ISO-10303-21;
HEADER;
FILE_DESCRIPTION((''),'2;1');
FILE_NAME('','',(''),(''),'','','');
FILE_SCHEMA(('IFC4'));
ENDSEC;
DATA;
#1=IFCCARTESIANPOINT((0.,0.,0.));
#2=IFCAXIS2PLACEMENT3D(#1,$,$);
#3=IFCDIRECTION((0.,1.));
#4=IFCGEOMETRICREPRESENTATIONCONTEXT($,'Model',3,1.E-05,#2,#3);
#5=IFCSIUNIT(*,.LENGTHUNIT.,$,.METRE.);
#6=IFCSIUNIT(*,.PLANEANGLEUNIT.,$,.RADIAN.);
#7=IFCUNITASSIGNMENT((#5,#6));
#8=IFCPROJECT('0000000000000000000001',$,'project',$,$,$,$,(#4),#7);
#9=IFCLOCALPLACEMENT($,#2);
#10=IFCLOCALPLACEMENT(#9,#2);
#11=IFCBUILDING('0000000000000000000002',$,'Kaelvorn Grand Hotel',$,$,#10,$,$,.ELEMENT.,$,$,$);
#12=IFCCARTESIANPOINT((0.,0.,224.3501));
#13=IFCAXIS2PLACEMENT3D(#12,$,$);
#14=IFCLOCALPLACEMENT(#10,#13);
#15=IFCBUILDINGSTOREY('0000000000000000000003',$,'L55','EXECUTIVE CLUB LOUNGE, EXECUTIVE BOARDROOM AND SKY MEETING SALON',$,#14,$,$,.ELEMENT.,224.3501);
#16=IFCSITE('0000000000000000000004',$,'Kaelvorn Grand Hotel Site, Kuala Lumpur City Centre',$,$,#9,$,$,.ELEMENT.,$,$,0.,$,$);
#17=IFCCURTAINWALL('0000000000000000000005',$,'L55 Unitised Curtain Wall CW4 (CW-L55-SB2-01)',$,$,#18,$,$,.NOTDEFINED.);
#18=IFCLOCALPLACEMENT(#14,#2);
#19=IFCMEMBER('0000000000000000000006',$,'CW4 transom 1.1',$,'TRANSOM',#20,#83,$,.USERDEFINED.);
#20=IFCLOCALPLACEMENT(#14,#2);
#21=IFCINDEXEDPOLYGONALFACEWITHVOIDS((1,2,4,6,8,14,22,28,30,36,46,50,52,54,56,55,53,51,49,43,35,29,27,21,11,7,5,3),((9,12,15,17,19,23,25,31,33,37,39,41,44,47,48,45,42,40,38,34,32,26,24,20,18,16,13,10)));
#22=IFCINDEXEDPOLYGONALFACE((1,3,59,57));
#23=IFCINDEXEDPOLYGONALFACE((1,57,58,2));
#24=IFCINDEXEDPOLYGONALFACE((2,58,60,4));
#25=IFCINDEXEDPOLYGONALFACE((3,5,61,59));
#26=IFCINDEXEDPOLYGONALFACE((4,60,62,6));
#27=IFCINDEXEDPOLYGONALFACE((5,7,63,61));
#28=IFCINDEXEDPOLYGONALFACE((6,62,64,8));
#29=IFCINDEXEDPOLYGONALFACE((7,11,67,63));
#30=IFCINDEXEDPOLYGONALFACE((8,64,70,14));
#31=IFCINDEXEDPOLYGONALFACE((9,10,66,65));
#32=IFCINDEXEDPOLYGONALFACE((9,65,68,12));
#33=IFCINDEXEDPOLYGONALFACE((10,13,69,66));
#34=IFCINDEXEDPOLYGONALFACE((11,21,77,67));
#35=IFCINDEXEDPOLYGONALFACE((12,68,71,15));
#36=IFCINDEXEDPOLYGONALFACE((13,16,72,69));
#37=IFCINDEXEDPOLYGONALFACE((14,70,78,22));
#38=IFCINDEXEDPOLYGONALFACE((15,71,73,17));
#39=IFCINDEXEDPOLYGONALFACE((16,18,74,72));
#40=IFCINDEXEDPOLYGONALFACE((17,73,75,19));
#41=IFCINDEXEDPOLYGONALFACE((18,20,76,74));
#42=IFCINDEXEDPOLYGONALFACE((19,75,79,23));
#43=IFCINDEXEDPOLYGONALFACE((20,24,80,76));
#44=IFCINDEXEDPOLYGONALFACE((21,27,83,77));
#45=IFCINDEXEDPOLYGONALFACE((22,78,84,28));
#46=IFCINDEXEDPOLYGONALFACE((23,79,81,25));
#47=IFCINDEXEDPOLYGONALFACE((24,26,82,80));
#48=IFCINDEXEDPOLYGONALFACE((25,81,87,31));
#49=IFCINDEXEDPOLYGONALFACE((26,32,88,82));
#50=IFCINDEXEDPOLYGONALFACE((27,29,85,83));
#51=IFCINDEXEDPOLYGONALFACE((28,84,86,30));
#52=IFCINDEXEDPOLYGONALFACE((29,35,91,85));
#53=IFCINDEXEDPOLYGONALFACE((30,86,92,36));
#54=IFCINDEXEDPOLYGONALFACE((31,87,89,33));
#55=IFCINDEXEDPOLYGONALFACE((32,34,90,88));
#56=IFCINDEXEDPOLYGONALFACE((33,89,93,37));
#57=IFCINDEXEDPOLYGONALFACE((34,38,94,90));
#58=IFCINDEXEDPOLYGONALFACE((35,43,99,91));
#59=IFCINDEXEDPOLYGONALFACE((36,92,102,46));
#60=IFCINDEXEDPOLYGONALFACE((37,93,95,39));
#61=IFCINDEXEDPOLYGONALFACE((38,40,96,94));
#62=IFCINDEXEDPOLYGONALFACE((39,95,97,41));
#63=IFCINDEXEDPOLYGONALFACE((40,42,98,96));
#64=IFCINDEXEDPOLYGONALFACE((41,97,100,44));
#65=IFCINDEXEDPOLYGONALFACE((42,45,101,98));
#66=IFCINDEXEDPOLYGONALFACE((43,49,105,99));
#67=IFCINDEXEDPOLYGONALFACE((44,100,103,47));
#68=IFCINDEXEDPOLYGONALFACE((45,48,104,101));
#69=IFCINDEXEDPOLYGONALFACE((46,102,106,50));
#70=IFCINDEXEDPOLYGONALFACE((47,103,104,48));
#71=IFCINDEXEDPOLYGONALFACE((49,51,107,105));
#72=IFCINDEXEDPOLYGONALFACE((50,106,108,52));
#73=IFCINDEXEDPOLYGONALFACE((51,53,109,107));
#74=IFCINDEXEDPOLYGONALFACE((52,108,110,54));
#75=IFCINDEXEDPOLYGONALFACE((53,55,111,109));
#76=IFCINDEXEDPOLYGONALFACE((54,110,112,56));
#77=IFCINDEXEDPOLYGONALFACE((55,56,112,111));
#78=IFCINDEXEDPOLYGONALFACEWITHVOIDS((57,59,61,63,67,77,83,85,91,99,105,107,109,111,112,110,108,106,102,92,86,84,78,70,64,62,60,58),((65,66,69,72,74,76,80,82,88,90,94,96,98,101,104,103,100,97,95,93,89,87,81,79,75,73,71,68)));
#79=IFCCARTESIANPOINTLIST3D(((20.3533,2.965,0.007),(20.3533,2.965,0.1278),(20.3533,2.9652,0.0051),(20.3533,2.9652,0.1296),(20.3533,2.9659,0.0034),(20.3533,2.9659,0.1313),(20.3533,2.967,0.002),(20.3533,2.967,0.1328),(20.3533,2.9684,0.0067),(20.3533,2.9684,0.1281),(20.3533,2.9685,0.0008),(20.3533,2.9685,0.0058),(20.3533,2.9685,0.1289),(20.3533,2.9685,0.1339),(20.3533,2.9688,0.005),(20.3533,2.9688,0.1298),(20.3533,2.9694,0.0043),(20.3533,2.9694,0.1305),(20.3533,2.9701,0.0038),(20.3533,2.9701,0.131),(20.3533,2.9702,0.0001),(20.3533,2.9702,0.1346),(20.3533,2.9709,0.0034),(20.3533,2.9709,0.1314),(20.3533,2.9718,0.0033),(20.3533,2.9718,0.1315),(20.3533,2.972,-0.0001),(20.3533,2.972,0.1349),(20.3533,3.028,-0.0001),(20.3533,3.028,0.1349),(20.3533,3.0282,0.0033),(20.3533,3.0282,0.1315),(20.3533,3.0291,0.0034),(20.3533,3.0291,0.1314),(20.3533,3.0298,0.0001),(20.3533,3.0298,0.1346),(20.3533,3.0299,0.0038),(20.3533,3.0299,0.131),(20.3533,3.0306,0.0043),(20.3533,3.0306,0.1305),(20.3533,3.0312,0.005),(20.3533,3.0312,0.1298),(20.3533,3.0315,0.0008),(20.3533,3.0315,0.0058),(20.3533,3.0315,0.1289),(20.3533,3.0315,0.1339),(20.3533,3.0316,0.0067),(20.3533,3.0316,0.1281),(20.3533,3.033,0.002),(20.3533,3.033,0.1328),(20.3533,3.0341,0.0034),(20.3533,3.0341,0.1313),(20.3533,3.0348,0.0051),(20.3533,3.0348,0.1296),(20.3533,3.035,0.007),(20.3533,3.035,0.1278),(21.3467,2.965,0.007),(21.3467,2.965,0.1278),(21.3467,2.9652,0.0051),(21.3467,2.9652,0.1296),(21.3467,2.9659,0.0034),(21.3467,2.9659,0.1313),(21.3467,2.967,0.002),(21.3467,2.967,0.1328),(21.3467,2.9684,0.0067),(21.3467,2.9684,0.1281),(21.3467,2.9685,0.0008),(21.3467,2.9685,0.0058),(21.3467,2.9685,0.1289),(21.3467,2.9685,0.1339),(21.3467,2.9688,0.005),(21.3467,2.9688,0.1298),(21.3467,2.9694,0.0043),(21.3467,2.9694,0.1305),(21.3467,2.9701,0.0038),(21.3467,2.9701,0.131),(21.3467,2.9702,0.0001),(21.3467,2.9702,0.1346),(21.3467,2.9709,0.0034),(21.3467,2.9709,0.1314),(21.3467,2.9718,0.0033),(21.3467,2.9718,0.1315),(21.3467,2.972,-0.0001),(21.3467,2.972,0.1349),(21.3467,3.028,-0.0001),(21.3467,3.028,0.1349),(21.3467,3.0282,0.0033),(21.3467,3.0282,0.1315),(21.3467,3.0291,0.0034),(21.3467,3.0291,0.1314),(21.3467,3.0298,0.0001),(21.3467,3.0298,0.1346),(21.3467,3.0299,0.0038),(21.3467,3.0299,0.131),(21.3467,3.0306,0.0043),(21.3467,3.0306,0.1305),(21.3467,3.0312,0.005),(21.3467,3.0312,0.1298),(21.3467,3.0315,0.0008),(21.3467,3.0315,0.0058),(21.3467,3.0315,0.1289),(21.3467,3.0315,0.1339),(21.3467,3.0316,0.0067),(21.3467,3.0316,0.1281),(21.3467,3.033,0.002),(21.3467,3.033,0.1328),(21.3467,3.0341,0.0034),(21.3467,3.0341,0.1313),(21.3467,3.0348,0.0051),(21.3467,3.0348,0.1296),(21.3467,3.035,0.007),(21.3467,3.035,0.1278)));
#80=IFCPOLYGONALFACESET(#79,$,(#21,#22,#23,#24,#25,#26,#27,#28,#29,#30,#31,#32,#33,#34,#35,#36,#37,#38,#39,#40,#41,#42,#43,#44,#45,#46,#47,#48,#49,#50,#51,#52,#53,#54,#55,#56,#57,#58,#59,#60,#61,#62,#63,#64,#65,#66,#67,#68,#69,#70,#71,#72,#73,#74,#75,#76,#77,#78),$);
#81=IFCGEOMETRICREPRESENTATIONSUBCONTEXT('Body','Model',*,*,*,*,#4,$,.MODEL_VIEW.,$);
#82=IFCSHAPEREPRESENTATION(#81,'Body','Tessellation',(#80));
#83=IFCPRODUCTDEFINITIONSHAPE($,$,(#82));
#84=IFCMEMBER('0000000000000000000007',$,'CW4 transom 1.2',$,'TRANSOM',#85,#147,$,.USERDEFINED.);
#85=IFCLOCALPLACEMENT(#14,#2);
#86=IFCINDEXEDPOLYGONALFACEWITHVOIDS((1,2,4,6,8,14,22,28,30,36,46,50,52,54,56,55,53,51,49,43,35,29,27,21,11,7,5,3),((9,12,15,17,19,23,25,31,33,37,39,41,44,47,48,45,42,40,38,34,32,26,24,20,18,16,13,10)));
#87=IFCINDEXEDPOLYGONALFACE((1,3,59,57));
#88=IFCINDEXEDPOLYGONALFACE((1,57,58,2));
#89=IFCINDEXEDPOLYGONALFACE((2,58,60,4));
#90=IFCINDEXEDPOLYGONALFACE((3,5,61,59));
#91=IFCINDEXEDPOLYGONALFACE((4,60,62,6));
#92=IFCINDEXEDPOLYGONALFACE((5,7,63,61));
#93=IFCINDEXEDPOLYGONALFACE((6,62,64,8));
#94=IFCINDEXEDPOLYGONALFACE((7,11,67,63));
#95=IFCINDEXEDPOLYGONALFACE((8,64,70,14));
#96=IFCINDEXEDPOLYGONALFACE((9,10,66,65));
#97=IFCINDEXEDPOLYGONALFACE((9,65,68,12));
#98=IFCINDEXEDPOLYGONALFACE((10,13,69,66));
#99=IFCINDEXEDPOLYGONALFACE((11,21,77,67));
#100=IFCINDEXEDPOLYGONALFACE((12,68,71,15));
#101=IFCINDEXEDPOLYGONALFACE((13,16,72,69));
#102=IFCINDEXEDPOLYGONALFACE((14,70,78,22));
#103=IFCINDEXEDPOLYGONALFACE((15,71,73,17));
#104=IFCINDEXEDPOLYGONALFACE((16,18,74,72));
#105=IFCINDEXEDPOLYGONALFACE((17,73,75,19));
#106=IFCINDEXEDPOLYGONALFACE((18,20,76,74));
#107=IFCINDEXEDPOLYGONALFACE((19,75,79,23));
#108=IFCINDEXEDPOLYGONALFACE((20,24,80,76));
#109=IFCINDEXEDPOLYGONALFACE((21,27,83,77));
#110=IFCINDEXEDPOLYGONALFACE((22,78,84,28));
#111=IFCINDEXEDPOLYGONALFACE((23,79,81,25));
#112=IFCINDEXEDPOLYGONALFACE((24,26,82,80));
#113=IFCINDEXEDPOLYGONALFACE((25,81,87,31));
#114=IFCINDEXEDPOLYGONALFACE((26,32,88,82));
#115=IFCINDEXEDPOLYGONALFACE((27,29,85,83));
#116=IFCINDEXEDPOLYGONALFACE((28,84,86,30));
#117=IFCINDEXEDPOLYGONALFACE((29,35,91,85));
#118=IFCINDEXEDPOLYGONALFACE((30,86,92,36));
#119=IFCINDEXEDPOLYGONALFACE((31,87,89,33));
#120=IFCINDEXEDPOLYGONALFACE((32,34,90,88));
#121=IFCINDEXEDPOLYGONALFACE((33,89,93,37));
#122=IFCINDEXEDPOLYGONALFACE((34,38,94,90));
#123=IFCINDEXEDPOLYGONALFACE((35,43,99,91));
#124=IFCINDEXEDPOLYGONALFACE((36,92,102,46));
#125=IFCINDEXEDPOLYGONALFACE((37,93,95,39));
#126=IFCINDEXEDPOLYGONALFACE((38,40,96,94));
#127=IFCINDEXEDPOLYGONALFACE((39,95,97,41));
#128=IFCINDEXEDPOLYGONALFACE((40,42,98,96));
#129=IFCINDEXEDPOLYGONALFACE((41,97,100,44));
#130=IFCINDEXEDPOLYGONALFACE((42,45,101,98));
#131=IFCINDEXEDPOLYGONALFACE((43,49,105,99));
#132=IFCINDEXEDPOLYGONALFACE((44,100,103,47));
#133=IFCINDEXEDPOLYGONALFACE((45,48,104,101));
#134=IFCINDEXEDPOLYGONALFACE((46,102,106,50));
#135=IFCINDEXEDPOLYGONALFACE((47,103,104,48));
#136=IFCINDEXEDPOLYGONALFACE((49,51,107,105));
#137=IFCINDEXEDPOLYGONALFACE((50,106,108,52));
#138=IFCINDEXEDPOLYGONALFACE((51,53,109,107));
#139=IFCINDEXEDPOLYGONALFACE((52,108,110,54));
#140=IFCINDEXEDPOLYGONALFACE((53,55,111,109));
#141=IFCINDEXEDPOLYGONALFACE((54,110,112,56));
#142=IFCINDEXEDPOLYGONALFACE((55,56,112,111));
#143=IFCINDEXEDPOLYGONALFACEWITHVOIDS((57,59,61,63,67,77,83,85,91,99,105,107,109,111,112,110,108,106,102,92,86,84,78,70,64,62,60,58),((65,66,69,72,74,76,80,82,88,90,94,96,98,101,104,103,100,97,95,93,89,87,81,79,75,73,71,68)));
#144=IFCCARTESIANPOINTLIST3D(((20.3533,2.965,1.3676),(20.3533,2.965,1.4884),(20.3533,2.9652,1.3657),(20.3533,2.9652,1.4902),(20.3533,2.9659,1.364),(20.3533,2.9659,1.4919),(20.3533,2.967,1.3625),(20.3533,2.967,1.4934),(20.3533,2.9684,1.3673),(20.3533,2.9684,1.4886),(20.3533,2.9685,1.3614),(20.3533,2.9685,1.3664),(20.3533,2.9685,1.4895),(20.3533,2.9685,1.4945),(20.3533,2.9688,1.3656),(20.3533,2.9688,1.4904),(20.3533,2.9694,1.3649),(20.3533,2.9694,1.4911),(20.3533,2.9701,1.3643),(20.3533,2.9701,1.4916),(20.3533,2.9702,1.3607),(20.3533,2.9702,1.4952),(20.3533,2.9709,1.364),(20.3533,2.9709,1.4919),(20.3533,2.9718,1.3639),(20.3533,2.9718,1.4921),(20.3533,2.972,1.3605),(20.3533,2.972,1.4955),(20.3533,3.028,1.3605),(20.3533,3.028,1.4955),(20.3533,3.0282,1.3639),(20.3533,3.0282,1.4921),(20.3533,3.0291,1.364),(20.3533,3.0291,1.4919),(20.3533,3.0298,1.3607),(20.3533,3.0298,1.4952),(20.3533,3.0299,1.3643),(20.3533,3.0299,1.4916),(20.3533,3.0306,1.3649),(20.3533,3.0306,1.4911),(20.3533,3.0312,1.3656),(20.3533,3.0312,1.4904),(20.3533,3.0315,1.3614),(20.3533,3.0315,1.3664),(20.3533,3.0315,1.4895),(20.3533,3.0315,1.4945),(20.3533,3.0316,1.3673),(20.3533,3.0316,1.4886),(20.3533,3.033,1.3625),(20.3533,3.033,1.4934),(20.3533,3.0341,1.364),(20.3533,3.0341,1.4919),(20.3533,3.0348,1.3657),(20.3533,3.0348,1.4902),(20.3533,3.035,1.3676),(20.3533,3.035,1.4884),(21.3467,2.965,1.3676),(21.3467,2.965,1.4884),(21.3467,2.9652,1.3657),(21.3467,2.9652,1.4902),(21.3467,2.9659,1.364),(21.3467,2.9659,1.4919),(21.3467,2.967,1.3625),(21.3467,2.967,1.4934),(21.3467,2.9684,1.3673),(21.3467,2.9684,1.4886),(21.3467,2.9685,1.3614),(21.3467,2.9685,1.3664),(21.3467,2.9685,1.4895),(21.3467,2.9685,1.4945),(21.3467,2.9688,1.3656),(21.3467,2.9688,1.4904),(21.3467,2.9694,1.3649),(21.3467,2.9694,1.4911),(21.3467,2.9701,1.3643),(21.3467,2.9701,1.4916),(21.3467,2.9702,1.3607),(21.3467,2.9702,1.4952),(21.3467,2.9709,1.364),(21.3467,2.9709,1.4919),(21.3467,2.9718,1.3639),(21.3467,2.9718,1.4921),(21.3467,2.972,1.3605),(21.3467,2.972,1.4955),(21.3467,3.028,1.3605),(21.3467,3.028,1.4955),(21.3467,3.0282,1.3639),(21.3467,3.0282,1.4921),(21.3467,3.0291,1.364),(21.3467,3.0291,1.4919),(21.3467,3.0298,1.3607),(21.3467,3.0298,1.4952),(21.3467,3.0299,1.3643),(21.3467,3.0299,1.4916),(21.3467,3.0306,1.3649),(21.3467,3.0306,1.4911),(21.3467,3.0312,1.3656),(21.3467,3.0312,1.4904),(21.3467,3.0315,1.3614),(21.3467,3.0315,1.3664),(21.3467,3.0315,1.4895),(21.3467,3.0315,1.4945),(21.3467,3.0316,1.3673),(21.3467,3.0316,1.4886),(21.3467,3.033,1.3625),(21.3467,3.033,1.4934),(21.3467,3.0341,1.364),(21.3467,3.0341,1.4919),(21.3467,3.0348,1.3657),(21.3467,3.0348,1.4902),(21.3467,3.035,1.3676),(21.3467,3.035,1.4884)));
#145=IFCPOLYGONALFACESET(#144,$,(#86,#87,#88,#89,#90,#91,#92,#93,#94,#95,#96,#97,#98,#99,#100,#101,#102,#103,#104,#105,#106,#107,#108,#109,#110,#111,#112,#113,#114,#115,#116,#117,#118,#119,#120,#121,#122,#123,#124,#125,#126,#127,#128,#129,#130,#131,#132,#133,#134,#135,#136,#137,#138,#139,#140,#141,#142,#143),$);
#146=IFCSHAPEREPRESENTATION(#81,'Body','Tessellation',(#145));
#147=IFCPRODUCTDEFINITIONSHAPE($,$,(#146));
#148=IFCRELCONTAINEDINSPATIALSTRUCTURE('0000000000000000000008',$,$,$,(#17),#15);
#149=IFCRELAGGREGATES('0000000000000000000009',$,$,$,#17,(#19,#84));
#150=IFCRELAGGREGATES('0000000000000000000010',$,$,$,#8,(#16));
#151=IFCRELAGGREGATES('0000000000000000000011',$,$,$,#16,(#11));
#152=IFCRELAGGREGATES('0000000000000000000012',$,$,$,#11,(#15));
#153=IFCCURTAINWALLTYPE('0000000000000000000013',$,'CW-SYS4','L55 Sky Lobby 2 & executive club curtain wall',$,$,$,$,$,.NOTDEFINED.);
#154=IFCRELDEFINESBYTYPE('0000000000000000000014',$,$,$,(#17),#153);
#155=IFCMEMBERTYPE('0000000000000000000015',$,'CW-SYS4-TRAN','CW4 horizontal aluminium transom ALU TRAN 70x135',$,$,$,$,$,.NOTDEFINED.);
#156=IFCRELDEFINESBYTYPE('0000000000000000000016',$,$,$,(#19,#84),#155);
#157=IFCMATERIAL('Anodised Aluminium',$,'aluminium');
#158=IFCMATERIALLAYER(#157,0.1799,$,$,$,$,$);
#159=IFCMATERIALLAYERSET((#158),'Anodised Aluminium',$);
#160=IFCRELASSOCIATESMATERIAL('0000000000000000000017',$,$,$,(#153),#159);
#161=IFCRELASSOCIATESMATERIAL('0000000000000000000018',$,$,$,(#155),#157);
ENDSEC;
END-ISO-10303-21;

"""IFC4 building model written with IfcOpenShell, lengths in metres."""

from ifc_helpers import new_model, si_unit, direction, frame, origin, origin_2d, place, context, subcontext, project, spatial, hollow_rectangle, extrude, material, layer, layer_set, material_profile, profile_set, type_object, element, aggregate, save


model = new_model("IFC4")

# Units and contexts
model_context = context("Model", 3, precision=1e-05, world=origin(), true_north=direction((0.0, 1.0)))
body_context = subcontext(model_context, "Body", "Model", "MODEL_VIEW")
ifc_project = project(units=[si_unit("LENGTHUNIT", "METRE"), si_unit("PLANEANGLEUNIT", "RADIAN")], contexts=[model_context])

# Site, building, storey
site_placement = place(None, origin())
site = spatial("IfcSite", under=ifc_project, at=site_placement, Name="Kaelvorn Grand Hotel Site, Kuala Lumpur City Centre", CompositionType="ELEMENT", RefElevation=0.0)
building_placement = place(site_placement, origin())
building = spatial("IfcBuilding", under=site, at=building_placement, Name="Kaelvorn Grand Hotel", CompositionType="ELEMENT")
storey_placement = place(building_placement, frame((0.0, 0.0, 224.3501)))
storey = spatial("IfcBuildingStorey", under=building, at=storey_placement, Name="L55", Description="EXECUTIVE CLUB LOUNGE, EXECUTIVE BOARDROOM AND SKY MEETING SALON", CompositionType="ELEMENT", Elevation=224.3501)

# Curtain wall
ifc_material_1 = material(Name="Anodised Aluminium", Category="aluminium")
ifc_layer_1 = layer(ifc_material_1, 0.1799)
ifc_layer_set_1 = layer_set([ifc_layer_1], Name="Anodised Aluminium")
curtain_wall_type = type_object("IfcCurtainWallType", Name="CW-SYS4", Description="L55 Sky Lobby 2 & executive club curtain wall", PredefinedType="NOTDEFINED", material=ifc_layer_set_1)
curtain_wall_1_placement = place(storey_placement, origin())
curtain_wall_1 = element("IfcCurtainWall", 1, at=curtain_wall_1_placement, inside=storey, type_object=curtain_wall_type, Name="L55 Unitised Curtain Wall CW4 (CW-L55-SB2-01)", PredefinedType="NOTDEFINED")

# Members
ifc_material_profile_1 = material_profile(ifc_material_1, hollow_rectangle(XDim=0.0701, YDim=0.135, WallThickness=0.0034, InnerFilletRadius=0.0034, OuterFilletRadius=0.0071, at=origin_2d()), Name="ALU TRAN 70x135")
ifc_profile_set_1 = profile_set([ifc_material_profile_1], Name="Anodised Aluminium")
member_type_1 = type_object("IfcMemberType", Name="CW-SYS4-TRAN", Description="CW4 horizontal aluminium transom ALU TRAN 70x135", PredefinedType="NOTDEFINED", material=ifc_profile_set_1)
member_1_placement = place(storey_placement, frame((20.3533, 3.0, 0.0674), z_axis=(1.0, 0.0, 0.0), x_axis=(0.0, 1.0, 0.0)))
member_1 = element("IfcMember", 2, at=member_1_placement, type_object=member_type_1, Name="CW4 transom 1.1", ObjectType="TRANSOM", PredefinedType="USERDEFINED", context=body_context, shape_type="SweptSolid", body=[
    extrude(hollow_rectangle(XDim=0.0701, YDim=0.135, WallThickness=0.0034, InnerFilletRadius=0.0034, OuterFilletRadius=0.0071, at=origin_2d()), origin(), (0.0, 0.0, 1.0), 0.9934),
])
member_2_placement = place(storey_placement, frame((20.3533, 3.0, 1.428), z_axis=(1.0, 0.0, 0.0), x_axis=(0.0, 1.0, 0.0)))
member_2 = element("IfcMember", 3, at=member_2_placement, type_object=member_type_1, Name="CW4 transom 1.2", ObjectType="TRANSOM", PredefinedType="USERDEFINED", context=body_context, shape_type="SweptSolid", body=[
    extrude(hollow_rectangle(XDim=0.0701, YDim=0.135, WallThickness=0.0034, InnerFilletRadius=0.0034, OuterFilletRadius=0.0071, at=origin_2d()), origin(), (0.0, 0.0, 1.0), 0.9934),
])

aggregate(curtain_wall_1, [member_1, member_2])

save(model, "model.ifc")
